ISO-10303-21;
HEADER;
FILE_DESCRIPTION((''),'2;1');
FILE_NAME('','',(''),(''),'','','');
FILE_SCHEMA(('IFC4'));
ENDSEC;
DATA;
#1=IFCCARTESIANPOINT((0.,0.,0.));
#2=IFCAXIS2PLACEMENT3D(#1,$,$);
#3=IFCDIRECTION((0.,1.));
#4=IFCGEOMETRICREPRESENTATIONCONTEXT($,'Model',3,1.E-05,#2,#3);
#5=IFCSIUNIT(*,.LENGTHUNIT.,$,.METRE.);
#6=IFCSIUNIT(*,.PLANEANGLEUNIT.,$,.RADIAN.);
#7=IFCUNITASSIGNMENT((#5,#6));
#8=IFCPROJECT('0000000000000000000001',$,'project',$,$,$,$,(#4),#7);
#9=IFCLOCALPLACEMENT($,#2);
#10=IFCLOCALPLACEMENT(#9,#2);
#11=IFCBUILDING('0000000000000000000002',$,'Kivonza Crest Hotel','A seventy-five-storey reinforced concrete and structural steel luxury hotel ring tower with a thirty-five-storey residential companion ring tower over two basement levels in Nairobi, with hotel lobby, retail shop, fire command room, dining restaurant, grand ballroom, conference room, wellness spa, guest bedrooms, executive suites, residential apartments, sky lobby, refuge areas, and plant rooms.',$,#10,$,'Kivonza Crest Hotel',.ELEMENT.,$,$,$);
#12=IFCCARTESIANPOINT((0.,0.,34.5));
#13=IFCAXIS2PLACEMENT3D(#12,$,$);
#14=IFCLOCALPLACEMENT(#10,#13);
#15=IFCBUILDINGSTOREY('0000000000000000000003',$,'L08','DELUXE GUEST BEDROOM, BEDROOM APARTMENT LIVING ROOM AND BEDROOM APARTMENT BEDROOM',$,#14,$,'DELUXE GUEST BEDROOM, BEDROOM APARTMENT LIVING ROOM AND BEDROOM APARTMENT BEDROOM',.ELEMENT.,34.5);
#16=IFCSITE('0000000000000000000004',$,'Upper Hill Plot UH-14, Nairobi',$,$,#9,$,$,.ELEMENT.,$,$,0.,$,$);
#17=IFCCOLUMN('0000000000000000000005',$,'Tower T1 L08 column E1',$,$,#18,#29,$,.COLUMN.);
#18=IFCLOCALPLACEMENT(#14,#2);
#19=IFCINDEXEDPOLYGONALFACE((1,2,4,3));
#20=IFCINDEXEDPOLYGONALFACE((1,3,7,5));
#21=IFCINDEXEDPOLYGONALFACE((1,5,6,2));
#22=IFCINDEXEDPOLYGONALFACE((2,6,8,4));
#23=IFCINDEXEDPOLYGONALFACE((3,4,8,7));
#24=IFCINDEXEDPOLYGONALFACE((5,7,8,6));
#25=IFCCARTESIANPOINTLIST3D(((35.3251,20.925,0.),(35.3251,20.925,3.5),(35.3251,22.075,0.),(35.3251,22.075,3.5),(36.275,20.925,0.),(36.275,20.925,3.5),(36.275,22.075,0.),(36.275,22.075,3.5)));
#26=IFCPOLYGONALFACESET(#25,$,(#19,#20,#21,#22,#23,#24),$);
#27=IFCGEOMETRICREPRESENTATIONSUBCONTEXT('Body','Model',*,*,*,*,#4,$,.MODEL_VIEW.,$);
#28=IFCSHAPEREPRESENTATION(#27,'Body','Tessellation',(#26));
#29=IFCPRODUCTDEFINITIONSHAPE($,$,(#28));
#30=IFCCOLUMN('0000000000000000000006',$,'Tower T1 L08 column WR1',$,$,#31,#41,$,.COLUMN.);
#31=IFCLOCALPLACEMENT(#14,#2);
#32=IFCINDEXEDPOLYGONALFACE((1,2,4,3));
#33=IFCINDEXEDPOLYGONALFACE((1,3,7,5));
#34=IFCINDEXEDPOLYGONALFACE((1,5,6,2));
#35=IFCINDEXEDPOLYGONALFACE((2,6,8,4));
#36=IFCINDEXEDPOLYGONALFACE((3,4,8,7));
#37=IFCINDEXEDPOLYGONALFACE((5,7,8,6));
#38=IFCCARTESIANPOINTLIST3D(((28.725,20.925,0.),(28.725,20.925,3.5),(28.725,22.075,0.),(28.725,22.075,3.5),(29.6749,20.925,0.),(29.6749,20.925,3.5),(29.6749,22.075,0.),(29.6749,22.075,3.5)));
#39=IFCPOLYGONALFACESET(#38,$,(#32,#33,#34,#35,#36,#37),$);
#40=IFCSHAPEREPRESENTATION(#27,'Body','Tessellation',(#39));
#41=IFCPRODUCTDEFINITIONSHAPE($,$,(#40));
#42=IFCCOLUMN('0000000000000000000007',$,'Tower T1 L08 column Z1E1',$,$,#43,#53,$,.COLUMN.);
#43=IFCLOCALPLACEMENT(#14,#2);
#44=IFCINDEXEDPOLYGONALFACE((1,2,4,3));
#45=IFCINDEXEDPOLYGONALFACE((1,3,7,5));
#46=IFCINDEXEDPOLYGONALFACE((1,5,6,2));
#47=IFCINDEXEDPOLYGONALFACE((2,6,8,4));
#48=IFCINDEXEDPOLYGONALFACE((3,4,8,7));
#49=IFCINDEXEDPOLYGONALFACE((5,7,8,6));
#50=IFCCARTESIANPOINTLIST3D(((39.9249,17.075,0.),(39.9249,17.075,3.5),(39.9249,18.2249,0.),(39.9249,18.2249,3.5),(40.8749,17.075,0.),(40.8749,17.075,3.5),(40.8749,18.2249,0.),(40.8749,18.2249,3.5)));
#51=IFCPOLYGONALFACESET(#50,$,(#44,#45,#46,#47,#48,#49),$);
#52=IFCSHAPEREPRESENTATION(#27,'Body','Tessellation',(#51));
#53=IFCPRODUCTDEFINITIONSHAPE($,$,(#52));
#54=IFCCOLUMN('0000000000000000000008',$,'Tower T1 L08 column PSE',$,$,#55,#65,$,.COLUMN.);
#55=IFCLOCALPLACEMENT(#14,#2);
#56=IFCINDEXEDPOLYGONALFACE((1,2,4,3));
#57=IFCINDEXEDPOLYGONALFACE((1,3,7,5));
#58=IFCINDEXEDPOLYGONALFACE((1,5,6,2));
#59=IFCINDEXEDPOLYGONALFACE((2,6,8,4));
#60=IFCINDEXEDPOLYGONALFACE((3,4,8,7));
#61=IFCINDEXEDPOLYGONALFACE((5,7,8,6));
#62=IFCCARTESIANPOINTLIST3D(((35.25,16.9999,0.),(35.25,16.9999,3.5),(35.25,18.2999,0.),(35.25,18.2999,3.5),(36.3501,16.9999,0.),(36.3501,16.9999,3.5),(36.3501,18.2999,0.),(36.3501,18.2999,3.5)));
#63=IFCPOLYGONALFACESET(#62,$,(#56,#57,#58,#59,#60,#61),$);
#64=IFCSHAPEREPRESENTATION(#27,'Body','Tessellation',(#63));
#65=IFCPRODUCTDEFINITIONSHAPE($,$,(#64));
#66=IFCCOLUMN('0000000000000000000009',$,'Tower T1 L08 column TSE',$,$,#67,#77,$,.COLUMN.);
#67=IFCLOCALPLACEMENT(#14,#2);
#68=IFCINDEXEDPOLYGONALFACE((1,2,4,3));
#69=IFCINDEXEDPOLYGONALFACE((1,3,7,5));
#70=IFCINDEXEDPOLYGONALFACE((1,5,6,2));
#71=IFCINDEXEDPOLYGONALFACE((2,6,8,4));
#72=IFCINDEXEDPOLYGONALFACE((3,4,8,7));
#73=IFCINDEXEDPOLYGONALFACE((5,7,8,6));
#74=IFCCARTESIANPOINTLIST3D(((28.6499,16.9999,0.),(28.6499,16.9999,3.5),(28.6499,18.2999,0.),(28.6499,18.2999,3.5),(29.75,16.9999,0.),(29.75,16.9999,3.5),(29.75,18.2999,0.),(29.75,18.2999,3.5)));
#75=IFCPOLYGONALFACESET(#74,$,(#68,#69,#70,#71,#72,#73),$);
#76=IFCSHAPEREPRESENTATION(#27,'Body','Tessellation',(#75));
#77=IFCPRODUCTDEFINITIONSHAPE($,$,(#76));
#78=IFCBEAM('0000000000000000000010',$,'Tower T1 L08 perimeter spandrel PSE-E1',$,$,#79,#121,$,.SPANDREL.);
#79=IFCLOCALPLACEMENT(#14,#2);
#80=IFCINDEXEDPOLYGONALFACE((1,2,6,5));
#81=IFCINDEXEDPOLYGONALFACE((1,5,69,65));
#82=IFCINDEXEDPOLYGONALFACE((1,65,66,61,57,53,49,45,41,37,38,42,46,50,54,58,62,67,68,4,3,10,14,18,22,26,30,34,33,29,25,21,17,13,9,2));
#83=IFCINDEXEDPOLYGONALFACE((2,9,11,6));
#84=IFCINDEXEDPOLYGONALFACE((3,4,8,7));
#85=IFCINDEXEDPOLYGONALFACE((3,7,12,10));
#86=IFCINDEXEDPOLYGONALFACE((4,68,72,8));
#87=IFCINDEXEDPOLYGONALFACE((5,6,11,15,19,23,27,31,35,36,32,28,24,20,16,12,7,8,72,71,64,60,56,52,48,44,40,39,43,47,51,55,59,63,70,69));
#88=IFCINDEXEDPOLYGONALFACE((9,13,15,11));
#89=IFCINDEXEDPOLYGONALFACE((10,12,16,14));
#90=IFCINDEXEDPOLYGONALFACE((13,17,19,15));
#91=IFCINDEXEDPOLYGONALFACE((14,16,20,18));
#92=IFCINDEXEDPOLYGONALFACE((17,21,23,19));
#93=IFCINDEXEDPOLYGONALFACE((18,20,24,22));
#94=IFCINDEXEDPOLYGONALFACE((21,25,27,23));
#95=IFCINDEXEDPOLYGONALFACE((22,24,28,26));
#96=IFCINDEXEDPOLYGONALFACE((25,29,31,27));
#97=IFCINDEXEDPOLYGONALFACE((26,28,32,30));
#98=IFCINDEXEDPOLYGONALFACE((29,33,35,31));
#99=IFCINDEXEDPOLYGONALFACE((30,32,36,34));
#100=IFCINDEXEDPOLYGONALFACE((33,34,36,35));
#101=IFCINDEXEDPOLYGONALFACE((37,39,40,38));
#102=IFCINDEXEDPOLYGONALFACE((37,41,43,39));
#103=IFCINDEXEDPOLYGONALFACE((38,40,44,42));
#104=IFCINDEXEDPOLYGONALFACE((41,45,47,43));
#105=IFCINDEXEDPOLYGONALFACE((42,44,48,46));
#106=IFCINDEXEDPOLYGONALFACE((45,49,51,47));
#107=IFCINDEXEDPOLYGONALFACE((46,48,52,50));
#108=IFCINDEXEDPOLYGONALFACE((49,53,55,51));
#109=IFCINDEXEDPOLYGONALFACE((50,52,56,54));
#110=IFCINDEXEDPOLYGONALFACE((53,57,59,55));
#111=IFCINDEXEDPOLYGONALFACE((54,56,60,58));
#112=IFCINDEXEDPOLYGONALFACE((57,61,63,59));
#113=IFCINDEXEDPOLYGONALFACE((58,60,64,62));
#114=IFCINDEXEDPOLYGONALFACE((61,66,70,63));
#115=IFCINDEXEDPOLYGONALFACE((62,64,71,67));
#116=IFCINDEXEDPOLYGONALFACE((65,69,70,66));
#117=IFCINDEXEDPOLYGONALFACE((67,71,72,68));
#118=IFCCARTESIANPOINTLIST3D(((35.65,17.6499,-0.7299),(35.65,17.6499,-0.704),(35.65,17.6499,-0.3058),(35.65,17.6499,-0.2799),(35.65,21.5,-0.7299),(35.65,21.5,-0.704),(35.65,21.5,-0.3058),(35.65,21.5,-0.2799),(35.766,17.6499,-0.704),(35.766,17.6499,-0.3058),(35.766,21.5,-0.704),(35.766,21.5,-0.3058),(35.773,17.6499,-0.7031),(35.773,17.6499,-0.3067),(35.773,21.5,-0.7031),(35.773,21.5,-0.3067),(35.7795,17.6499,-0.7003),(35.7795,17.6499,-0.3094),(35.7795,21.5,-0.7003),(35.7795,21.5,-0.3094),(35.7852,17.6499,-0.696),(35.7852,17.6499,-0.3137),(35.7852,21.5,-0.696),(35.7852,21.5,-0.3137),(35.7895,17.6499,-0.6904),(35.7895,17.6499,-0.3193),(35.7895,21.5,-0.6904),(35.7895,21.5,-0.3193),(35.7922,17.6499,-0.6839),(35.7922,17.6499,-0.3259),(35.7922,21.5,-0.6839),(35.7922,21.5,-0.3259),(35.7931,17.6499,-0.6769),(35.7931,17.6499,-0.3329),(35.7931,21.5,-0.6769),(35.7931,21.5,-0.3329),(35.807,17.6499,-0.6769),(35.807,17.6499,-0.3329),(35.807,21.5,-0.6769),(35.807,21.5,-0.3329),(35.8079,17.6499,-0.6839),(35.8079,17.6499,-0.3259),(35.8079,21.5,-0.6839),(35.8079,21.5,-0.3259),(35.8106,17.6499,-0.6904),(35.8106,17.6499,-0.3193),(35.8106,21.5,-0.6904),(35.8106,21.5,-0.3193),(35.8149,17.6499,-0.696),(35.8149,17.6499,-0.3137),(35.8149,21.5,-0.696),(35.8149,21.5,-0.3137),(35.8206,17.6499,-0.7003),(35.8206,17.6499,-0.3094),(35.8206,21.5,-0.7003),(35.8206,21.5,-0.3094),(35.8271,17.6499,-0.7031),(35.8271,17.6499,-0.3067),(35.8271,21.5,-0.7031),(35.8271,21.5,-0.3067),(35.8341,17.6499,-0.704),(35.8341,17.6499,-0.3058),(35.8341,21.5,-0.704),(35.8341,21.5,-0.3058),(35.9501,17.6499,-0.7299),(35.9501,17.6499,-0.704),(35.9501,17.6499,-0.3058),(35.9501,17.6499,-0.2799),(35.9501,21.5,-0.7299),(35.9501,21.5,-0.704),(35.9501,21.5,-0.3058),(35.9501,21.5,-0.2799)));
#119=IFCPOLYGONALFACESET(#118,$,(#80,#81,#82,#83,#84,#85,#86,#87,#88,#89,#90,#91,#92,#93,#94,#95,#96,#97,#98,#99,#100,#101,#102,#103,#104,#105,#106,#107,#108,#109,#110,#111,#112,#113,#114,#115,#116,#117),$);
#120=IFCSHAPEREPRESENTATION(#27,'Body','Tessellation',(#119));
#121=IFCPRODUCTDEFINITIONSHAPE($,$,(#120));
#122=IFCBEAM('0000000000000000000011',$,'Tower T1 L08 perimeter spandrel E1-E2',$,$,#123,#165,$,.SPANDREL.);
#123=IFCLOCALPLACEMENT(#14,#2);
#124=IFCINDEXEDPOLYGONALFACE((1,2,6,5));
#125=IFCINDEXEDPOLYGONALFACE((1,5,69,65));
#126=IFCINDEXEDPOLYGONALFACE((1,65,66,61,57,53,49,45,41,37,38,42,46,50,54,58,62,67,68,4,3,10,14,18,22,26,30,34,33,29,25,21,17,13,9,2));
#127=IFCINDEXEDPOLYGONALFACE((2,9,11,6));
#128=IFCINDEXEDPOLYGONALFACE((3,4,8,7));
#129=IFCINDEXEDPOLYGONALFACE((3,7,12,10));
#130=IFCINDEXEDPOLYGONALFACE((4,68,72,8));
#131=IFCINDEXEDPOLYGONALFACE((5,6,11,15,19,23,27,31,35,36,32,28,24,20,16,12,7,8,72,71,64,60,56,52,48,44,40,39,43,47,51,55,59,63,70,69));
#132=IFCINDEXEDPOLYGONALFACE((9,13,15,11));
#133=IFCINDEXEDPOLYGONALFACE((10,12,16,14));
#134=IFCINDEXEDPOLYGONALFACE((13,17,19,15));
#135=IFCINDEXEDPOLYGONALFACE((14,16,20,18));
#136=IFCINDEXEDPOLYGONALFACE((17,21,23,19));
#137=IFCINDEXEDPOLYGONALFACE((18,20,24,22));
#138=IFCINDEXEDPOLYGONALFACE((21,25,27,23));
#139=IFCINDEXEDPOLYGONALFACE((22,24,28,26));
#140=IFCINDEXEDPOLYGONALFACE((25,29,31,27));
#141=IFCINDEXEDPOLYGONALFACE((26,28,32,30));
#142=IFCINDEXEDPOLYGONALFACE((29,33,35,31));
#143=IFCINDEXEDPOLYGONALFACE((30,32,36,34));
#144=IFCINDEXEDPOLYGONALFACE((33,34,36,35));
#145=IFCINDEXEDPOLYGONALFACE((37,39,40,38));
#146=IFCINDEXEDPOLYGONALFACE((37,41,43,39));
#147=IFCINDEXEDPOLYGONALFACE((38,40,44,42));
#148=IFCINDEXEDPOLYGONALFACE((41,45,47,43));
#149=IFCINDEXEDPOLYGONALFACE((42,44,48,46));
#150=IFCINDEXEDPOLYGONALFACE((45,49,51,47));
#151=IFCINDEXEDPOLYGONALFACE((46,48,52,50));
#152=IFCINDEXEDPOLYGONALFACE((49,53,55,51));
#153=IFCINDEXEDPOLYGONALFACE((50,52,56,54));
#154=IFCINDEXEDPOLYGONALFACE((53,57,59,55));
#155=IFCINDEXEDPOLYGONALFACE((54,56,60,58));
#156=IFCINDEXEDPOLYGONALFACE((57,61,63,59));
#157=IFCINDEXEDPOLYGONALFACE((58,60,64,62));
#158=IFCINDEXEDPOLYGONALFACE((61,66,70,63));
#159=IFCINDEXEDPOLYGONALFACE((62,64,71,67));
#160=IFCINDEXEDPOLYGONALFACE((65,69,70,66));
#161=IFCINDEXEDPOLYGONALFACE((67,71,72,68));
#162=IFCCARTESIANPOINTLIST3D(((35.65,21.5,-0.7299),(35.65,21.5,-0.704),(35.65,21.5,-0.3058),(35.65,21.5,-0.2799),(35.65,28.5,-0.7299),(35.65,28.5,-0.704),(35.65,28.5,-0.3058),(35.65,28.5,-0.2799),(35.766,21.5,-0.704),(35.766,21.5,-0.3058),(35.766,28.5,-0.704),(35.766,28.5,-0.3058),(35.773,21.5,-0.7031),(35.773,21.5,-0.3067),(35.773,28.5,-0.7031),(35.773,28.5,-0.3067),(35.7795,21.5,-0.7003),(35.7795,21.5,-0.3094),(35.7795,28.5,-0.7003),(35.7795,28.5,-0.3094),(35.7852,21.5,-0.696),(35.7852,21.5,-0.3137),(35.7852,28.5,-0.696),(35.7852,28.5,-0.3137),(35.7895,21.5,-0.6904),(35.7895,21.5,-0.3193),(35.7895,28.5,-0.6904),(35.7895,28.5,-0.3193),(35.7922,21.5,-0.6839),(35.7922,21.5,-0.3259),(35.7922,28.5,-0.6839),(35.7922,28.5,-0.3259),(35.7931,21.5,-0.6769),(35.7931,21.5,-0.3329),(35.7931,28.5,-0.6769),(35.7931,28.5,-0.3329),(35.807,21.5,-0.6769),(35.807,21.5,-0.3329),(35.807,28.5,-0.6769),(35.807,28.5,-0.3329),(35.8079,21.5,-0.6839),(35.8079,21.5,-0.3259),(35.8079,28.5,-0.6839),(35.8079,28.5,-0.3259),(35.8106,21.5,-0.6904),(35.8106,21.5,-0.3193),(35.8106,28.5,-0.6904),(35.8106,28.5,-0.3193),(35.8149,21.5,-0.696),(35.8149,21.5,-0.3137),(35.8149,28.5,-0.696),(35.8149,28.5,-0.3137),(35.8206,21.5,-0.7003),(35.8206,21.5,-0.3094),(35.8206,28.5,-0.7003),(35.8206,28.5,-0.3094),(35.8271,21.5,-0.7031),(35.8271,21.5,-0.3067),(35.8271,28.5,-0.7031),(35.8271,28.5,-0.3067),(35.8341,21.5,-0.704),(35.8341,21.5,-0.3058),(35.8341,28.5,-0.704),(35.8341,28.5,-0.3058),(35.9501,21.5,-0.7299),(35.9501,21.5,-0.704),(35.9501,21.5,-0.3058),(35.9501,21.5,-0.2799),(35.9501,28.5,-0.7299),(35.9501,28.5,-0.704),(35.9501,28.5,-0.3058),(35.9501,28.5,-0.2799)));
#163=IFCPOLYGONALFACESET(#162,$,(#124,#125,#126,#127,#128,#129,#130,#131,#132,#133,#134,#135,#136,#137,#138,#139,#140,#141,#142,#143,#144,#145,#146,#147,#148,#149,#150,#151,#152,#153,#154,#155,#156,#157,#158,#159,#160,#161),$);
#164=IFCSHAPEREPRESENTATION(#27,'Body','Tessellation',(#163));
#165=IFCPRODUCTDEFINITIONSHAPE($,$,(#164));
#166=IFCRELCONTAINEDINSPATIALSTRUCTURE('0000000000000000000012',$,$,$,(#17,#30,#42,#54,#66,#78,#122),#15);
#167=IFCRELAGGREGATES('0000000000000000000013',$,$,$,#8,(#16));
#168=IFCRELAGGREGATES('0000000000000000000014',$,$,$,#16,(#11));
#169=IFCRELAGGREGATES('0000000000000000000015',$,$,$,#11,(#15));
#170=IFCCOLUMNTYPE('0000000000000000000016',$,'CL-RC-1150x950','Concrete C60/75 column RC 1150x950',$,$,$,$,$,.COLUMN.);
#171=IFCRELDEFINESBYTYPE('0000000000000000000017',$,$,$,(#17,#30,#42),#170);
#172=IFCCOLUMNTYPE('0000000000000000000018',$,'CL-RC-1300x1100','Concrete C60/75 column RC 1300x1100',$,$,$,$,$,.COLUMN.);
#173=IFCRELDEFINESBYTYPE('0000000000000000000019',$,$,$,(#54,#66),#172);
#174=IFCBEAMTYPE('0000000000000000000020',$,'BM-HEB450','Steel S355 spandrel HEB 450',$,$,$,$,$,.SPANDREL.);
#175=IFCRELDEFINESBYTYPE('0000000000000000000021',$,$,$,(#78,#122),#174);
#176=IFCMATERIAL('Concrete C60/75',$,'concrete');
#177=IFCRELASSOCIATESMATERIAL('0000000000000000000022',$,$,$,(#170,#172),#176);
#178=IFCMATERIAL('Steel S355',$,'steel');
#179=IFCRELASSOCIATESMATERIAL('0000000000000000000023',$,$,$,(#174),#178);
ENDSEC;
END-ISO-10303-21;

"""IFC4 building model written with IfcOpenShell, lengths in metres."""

from ifc_helpers import new_model, si_unit, direction, frame, origin, origin_2d, place, context, subcontext, project, spatial, rectangle, i_section, extrude, material, material_profile, profile_set, type_object, element, save


model = new_model("IFC4")

# Units and contexts
model_context = context("Model", 3, precision=1e-05, world=origin(), true_north=direction((0.0, 1.0)))
body_context = subcontext(model_context, "Body", "Model", "MODEL_VIEW")
ifc_project = project(units=[si_unit("LENGTHUNIT", "METRE"), si_unit("PLANEANGLEUNIT", "RADIAN")], contexts=[model_context])

# Site, building, storey
site_placement = place(None, origin())
site = spatial("IfcSite", under=ifc_project, at=site_placement, Name="Upper Hill Plot UH-14, Nairobi", CompositionType="ELEMENT", RefElevation=0.0)
building_placement = place(site_placement, origin())
building = spatial("IfcBuilding", under=site, at=building_placement, Name="Kivonza Crest Hotel", Description="A seventy-five-storey reinforced concrete and structural steel luxury hotel ring tower with a thirty-five-storey residential companion ring tower over two basement levels in Nairobi, with hotel lobby, retail shop, fire command room, dining restaurant, grand ballroom, conference room, wellness spa, guest bedrooms, executive suites, residential apartments, sky lobby, refuge areas, and plant rooms.", LongName="Kivonza Crest Hotel", CompositionType="ELEMENT")
storey_placement = place(building_placement, frame((0.0, 0.0, 34.5)))
storey = spatial("IfcBuildingStorey", under=building, at=storey_placement, Name="L08", Description="DELUXE GUEST BEDROOM, BEDROOM APARTMENT LIVING ROOM AND BEDROOM APARTMENT BEDROOM", LongName="DELUXE GUEST BEDROOM, BEDROOM APARTMENT LIVING ROOM AND BEDROOM APARTMENT BEDROOM", CompositionType="ELEMENT", Elevation=34.5)

# Columns
ifc_material_1 = material(Name="Concrete C60/75", Category="concrete")
ifc_material_profile_1 = material_profile(ifc_material_1, rectangle(XDim=0.95, YDim=1.1499, at=origin_2d()), Name="RC 1150x950")
ifc_profile_set_1 = profile_set([ifc_material_profile_1], Name="Concrete C60/75")
column_type_1 = type_object("IfcColumnType", Name="CL-RC-1150x950", Description="Concrete C60/75 column RC 1150x950", PredefinedType="COLUMN", material=ifc_profile_set_1)
for number, where, z_axis, x_axis, name in (
    (1, (35.8, 21.5, 0.0), (0.0, 0.0, 1.0), (1.0, 0.0, 0.0), "Tower T1 L08 column E1"),
    (2, (29.2, 21.5, 0.0), (0.0, 0.0, 1.0), (1.0, 0.0, 0.0), "Tower T1 L08 column WR1"),
    (3, (40.3999, 17.6499, 0.0), (0.0, 0.0, 1.0), (1.0, 0.0, 0.0), "Tower T1 L08 column Z1E1"),
):
    element("IfcColumn", number, at=place(storey_placement, frame(where, z_axis=z_axis, x_axis=x_axis)), inside=storey, type_object=column_type_1, Name=name, PredefinedType="COLUMN", context=body_context, shape_type="SweptSolid", body=[
        extrude(rectangle(XDim=0.95, YDim=1.1499, at=origin_2d()), origin(), (0.0, 0.0, 1.0), 3.5),
    ])
ifc_material_profile_2 = material_profile(ifc_material_1, rectangle(XDim=1.1001, YDim=1.3, at=origin_2d()), Name="RC 1300x1100")
ifc_profile_set_2 = profile_set([ifc_material_profile_2], Name="Concrete C60/75")
column_type_2 = type_object("IfcColumnType", Name="CL-RC-1300x1100", Description="Concrete C60/75 column RC 1300x1100", PredefinedType="COLUMN", material=ifc_profile_set_2)
for number, where, z_axis, x_axis, name in (
    (4, (35.8, 17.6499, 0.0), (0.0, 0.0, 1.0), (1.0, 0.0, 0.0), "Tower T1 L08 column PSE"),
    (5, (29.2, 17.6499, 0.0), (0.0, 0.0, 1.0), (1.0, 0.0, 0.0), "Tower T1 L08 column TSE"),
):
    element("IfcColumn", number, at=place(storey_placement, frame(where, z_axis=z_axis, x_axis=x_axis)), inside=storey, type_object=column_type_2, Name=name, PredefinedType="COLUMN", context=body_context, shape_type="SweptSolid", body=[
        extrude(rectangle(XDim=1.1001, YDim=1.3, at=origin_2d()), origin(), (0.0, 0.0, 1.0), 3.5),
    ])

# Beams
ifc_material_2 = material(Name="Steel S355", Category="steel")
ifc_material_profile_3 = material_profile(ifc_material_2, i_section(OverallWidth=0.3, OverallDepth=0.45, WebThickness=0.0139, FlangeThickness=0.0259, FilletRadius=0.0271, at=origin_2d()), Name="HEB 450")
ifc_profile_set_3 = profile_set([ifc_material_profile_3], Name="Steel S355")
beam_type_1 = type_object("IfcBeamType", Name="BM-HEB450", Description="Steel S355 spandrel HEB 450", PredefinedType="SPANDREL", material=ifc_profile_set_3)
beam_1_placement = place(storey_placement, frame((35.8, 17.6499, -0.5049), z_axis=(0.0, 1.0, 0.0), x_axis=(-1.0, 0.0, 0.0)))
element("IfcBeam", 6, at=beam_1_placement, inside=storey, type_object=beam_type_1, Name="Tower T1 L08 perimeter spandrel PSE-E1", PredefinedType="SPANDREL", context=body_context, shape_type="SweptSolid", body=[
    extrude(i_section(OverallWidth=0.3, OverallDepth=0.45, WebThickness=0.0139, FlangeThickness=0.0259, FilletRadius=0.0271, at=origin_2d()), origin(), (0.0, 0.0, 1.0), 3.8501),
])
beam_2_placement = place(storey_placement, frame((35.8, 21.5, -0.5049), z_axis=(0.0, 1.0, 0.0), x_axis=(-1.0, 0.0, 0.0)))
element("IfcBeam", 7, at=beam_2_placement, inside=storey, type_object=beam_type_1, Name="Tower T1 L08 perimeter spandrel E1-E2", PredefinedType="SPANDREL", context=body_context, shape_type="SweptSolid", body=[
    extrude(i_section(OverallWidth=0.3, OverallDepth=0.45, WebThickness=0.0139, FlangeThickness=0.0259, FilletRadius=0.0271, at=origin_2d()), origin(), (0.0, 0.0, 1.0), 7.0),
])

save(model, "model.ifc")
